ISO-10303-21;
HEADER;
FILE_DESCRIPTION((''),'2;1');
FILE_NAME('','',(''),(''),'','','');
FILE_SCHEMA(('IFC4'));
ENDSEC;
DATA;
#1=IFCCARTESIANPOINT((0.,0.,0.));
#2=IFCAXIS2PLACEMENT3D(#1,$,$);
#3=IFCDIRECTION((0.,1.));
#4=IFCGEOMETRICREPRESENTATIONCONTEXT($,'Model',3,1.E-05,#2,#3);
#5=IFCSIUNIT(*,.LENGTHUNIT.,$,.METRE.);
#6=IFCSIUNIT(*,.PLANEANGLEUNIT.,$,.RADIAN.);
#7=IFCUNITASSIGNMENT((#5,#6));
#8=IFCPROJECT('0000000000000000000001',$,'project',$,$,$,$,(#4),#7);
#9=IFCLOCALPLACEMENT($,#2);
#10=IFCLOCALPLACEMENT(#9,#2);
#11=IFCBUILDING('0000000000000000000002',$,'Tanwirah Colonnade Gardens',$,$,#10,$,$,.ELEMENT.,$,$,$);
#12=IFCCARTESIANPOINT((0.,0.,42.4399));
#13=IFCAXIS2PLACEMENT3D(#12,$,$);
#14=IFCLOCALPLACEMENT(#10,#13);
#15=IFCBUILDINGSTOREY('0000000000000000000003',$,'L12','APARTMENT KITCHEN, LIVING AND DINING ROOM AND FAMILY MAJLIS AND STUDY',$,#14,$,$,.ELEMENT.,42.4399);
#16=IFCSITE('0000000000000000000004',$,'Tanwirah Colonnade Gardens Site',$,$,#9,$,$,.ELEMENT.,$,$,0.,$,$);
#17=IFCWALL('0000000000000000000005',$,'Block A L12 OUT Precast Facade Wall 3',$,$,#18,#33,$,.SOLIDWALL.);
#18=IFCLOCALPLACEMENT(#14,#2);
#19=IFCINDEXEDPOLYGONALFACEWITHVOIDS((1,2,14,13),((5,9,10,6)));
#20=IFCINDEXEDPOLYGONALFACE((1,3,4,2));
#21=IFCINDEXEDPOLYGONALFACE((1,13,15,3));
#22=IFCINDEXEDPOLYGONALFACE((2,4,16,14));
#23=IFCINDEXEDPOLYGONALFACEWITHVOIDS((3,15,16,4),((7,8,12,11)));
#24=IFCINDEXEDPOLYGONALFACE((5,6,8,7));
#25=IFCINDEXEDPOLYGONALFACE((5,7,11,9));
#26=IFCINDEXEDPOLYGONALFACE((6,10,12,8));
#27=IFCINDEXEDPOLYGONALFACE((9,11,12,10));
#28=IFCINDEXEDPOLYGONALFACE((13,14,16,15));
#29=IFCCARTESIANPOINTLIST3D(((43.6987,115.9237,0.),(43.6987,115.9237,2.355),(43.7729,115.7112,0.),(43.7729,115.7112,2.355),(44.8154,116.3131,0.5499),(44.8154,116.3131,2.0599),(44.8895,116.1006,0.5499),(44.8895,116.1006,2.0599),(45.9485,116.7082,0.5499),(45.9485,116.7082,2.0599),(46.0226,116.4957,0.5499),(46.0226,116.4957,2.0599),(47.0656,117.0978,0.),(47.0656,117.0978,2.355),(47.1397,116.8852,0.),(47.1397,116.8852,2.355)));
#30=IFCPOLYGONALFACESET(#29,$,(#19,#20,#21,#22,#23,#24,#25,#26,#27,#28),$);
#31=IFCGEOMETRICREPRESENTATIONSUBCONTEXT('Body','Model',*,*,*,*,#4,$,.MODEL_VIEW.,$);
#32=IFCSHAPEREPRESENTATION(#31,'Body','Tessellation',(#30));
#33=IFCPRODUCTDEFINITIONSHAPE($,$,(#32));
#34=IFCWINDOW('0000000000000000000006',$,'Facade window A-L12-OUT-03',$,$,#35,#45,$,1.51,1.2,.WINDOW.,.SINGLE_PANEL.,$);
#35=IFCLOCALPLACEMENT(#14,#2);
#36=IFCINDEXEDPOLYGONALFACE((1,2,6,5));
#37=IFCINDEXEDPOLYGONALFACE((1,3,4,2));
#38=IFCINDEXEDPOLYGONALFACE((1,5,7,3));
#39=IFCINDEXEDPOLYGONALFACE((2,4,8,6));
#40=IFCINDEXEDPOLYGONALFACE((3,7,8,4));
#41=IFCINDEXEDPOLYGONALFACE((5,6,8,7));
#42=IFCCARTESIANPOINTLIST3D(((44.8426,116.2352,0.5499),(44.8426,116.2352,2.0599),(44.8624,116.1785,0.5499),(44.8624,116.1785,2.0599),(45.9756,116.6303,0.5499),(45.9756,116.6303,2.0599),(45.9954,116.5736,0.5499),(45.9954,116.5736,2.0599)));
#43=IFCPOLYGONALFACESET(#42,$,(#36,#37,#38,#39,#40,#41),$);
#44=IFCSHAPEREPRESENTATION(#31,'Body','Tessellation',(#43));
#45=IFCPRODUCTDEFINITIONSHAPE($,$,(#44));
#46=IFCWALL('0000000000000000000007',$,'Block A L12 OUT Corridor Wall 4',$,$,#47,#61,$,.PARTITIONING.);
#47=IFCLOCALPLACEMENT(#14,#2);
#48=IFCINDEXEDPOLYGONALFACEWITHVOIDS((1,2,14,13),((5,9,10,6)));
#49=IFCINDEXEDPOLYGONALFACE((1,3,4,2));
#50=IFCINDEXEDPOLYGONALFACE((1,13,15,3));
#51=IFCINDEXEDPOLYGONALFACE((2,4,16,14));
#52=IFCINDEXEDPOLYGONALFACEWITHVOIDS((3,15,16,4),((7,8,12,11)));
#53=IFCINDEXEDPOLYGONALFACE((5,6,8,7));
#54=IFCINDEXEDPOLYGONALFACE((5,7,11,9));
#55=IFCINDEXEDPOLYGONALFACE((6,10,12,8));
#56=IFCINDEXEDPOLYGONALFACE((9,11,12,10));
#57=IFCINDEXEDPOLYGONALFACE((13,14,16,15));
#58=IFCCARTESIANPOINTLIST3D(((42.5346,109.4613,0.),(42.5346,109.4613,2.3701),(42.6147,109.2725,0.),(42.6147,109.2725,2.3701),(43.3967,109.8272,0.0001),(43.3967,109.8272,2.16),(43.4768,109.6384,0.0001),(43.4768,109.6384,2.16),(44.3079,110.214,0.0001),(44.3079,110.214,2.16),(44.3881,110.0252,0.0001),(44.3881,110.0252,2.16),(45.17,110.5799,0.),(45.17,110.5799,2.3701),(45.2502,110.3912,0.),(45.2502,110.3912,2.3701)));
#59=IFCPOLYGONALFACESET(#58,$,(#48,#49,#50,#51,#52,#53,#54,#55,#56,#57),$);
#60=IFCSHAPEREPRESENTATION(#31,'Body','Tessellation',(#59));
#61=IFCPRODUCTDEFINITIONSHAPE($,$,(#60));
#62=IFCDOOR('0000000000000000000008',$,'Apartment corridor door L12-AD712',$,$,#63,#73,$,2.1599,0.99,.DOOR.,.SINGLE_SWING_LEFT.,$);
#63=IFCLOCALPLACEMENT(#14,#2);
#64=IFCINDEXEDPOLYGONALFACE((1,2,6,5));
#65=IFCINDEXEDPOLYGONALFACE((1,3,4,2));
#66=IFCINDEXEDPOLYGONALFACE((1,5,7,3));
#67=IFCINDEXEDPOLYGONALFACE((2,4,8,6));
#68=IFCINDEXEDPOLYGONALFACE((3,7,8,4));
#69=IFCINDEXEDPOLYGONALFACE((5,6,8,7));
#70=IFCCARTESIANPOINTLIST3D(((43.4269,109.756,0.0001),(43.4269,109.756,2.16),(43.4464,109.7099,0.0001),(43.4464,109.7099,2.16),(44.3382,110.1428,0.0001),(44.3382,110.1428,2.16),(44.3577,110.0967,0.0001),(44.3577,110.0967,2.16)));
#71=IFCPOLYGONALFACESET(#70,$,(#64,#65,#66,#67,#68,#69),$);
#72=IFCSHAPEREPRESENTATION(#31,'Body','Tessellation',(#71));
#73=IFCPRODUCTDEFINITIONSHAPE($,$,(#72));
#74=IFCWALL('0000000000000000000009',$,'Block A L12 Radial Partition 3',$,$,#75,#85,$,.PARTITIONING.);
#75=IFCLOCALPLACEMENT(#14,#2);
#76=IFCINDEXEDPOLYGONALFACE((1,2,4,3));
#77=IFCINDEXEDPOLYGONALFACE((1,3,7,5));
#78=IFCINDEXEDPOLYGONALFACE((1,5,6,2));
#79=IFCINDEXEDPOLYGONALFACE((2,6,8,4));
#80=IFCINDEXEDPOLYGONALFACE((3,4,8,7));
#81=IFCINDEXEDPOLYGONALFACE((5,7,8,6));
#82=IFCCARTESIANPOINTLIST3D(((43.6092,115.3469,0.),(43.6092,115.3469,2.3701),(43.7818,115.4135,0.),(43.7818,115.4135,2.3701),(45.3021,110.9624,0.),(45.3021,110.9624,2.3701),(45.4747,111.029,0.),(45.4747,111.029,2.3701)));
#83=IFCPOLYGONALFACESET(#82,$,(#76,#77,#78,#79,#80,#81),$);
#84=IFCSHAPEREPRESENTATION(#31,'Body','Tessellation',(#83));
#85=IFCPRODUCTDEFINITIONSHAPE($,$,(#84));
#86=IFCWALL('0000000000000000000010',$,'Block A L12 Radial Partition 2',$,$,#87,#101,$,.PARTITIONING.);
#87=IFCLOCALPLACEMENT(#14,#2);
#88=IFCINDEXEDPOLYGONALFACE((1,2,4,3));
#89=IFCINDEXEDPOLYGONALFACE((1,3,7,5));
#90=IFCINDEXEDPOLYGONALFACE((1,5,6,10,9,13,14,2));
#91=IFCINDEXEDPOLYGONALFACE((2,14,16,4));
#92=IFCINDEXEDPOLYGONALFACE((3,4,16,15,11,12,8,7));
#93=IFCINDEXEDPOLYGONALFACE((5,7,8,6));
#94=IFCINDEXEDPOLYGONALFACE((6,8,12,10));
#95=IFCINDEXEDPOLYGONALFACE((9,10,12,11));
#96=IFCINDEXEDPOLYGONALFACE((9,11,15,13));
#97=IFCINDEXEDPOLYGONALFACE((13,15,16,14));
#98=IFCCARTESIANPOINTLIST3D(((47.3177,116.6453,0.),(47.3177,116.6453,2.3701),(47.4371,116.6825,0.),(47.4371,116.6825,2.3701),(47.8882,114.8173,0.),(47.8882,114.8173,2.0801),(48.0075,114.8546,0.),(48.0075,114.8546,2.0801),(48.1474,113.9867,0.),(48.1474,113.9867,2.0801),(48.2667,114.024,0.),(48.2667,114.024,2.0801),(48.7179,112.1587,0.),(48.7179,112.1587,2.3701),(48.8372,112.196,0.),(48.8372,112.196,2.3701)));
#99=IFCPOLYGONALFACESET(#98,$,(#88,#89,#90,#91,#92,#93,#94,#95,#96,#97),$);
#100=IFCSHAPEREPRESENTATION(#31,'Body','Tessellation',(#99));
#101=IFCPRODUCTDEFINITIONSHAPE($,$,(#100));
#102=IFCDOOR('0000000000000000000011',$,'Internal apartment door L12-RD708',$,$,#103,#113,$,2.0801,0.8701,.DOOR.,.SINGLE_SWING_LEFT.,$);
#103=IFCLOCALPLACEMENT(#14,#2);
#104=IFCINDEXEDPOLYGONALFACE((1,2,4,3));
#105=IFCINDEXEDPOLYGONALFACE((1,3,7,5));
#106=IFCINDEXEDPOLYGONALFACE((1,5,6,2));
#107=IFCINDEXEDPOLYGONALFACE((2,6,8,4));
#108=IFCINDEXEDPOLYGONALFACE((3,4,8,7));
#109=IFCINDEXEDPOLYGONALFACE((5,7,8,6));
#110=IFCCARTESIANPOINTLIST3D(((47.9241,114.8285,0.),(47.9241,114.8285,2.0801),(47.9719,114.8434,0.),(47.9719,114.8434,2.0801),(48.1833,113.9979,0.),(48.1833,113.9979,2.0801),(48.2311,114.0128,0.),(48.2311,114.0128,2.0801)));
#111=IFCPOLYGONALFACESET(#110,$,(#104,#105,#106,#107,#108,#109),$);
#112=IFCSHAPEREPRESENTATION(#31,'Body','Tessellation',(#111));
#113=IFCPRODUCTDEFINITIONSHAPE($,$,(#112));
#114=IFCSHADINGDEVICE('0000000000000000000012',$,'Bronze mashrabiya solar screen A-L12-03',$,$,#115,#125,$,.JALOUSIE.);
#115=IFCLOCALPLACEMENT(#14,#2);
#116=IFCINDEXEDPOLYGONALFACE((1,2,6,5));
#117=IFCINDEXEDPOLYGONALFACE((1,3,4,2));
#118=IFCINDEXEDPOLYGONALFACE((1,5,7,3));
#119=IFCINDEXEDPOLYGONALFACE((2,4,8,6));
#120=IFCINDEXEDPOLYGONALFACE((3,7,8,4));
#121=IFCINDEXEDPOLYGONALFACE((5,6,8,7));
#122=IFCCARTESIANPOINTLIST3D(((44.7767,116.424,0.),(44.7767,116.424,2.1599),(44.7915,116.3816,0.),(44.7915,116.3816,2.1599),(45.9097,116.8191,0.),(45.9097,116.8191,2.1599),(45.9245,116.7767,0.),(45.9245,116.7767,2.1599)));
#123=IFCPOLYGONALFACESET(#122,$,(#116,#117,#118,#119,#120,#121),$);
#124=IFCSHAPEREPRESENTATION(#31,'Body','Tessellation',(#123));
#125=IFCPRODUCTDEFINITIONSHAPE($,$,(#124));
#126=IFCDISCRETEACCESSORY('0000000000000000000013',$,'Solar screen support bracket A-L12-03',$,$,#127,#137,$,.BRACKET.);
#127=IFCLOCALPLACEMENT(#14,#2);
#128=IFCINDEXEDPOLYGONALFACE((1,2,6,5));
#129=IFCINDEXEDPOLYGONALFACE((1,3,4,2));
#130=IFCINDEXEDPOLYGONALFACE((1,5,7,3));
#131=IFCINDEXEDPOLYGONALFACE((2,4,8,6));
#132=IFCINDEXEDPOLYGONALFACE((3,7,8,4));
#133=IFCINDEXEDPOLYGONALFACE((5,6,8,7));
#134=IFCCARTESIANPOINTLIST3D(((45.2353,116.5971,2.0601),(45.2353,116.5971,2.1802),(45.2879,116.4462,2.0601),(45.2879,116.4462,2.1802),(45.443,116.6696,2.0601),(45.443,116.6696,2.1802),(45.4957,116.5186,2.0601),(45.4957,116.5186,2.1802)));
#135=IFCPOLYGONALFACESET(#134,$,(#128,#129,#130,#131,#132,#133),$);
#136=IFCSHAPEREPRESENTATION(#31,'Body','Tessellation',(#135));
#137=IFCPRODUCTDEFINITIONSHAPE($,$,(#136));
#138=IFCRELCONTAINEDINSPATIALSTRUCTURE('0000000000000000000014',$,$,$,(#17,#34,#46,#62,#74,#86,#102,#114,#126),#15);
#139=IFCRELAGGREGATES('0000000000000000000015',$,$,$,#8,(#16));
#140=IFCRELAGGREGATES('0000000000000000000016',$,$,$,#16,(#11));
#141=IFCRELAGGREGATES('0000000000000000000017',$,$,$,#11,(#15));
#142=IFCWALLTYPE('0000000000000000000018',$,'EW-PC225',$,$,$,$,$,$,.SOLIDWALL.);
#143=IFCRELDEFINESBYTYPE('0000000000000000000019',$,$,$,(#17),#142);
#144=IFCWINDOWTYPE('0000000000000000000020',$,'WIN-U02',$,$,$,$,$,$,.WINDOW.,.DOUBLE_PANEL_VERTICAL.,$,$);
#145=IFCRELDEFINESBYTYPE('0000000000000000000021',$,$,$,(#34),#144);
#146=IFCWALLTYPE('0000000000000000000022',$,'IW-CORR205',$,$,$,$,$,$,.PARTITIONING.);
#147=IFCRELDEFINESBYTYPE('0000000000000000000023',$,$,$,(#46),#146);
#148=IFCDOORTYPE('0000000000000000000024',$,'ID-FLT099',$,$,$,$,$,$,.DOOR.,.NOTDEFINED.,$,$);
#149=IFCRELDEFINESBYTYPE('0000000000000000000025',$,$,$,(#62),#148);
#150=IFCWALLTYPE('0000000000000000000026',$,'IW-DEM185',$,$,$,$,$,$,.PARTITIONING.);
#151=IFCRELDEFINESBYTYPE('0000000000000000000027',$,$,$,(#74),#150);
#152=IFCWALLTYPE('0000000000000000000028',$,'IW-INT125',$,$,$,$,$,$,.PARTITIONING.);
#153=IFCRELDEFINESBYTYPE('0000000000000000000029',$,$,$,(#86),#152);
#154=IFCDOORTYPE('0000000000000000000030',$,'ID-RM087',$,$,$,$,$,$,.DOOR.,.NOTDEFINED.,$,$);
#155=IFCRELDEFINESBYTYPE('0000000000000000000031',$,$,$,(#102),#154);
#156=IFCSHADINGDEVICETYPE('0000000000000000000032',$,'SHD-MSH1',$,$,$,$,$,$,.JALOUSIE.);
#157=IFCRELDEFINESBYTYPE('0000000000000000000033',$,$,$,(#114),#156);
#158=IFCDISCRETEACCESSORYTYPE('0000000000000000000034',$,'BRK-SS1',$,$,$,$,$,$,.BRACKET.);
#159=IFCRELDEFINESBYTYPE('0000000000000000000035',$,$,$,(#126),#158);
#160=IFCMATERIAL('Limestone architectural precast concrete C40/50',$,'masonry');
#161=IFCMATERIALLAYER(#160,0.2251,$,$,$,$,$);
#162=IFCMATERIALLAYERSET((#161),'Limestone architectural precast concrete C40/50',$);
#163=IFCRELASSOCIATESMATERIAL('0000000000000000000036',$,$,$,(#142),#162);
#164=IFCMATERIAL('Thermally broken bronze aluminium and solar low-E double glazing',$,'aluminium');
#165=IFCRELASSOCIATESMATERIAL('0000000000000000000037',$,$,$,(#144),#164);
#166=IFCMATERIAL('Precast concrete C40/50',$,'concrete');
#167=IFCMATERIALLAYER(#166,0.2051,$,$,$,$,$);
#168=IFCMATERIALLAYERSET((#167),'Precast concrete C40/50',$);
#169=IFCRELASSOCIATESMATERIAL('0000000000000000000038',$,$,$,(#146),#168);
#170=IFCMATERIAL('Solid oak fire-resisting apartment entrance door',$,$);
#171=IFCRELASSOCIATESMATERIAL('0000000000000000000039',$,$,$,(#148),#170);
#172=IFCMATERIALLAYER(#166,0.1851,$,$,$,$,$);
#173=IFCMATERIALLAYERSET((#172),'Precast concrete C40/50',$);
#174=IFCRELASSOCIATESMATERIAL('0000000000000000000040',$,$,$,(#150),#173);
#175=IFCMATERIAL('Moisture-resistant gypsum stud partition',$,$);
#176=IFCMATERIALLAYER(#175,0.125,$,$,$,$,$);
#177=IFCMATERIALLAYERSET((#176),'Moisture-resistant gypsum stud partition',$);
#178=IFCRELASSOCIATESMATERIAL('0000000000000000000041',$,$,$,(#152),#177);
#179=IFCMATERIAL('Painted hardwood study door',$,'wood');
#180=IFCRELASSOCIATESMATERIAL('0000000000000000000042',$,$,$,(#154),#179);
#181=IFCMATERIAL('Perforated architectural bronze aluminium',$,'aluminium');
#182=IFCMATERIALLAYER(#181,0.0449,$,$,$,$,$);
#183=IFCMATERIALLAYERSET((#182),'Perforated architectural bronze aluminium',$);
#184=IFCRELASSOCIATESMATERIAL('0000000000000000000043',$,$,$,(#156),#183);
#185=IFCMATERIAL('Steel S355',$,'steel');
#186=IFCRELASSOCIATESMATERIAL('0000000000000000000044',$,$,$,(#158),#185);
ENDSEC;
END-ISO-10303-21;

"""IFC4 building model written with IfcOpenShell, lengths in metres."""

from ifc_helpers import new_model, si_unit, direction, frame, frame_2d, origin, origin_2d, place, context, subcontext, project, spatial, rectangle, extrude, material, layer, layer_set, type_object, element, fill, save


model = new_model("IFC4")

# Units and contexts
model_context = context("Model", 3, precision=1e-05, world=origin(), true_north=direction((0.0, 1.0)))
body_context = subcontext(model_context, "Body", "Model", "MODEL_VIEW")
ifc_project = project(units=[si_unit("LENGTHUNIT", "METRE"), si_unit("PLANEANGLEUNIT", "RADIAN")], contexts=[model_context])

# Site, building, storey
site_placement = place(None, origin())
site = spatial("IfcSite", under=ifc_project, at=site_placement, Name="Tanwirah Colonnade Gardens Site", CompositionType="ELEMENT", RefElevation=0.0)
building_placement = place(site_placement, origin())
building = spatial("IfcBuilding", under=site, at=building_placement, Name="Tanwirah Colonnade Gardens", CompositionType="ELEMENT")
storey_placement = place(building_placement, frame((0.0, 0.0, 42.4399)))
storey = spatial("IfcBuildingStorey", under=building, at=storey_placement, Name="L12", Description="APARTMENT KITCHEN, LIVING AND DINING ROOM AND FAMILY MAJLIS AND STUDY", CompositionType="ELEMENT", Elevation=42.4399)

# Shared definitions
ifc_material_1 = material(Name="Precast concrete C40/50", Category="concrete")

# Wall, opening, window
ifc_material_2 = material(Name="Limestone architectural precast concrete C40/50", Category="masonry")
ifc_layer_1 = layer(ifc_material_2, 0.2251)
ifc_layer_set_1 = layer_set([ifc_layer_1], Name="Limestone architectural precast concrete C40/50")
wall_type_1 = type_object("IfcWallType", Name="EW-PC225", PredefinedType="SOLIDWALL", material=ifc_layer_set_1)
wall_1_placement = place(storey_placement, frame((47.1025, 116.9915, 0.0), z_axis=(0.0, 0.0, 1.0), x_axis=(-0.944239, -0.329261, 0.0)))
wall_1 = element("IfcWall", 1, at=wall_1_placement, inside=storey, type_object=wall_type_1, Name="Block A L12 OUT Precast Facade Wall 3", PredefinedType="SOLIDWALL", context=body_context, shape_type="SweptSolid", body=[
    extrude(rectangle(XDim=3.5657, YDim=0.2251, at=frame_2d((1.7827, 0.0))), origin(), (0.0, 0.0, 1.0), 2.355),
])
opening_1_placement = place(wall_1_placement, frame((1.1829, 0.0, 0.55)))
opening_1 = element("IfcOpeningElement", 2, at=opening_1_placement, cuts=wall_1, PredefinedType="OPENING", context=body_context, shape_type="SweptSolid", body=[
    extrude(rectangle(XDim=1.2, YDim=1.51, at=frame_2d((0.6001, 0.7549))), frame((0.0, 0.1226, 0.0), z_axis=(0.0, -1.0, 0.0), x_axis=(1.0, 0.0, 0.0)), (0.0, 0.0, 1.0), 0.2451),
])
ifc_material_3 = material(Name="Thermally broken bronze aluminium and solar low-E double glazing", Category="aluminium")
window_type = type_object("IfcWindowType", Name="WIN-U02", PartitioningType="DOUBLE_PANEL_VERTICAL", PredefinedType="WINDOW", material=ifc_material_3)
window_placement = place(opening_1_placement, origin())
window = element("IfcWindow", 3, at=window_placement, inside=storey, type_object=window_type, Name="Facade window A-L12-OUT-03", OverallHeight=1.51, OverallWidth=1.2, PartitioningType="SINGLE_PANEL", PredefinedType="WINDOW", context=body_context, shape_type="SweptSolid", body=[
    extrude(rectangle(XDim=1.2, YDim=1.51, at=frame_2d((0.6001, 0.7549))), frame((0.0, 0.03, 0.0), z_axis=(0.0, -1.0, 0.0), x_axis=(1.0, 0.0, 0.0)), (0.0, 0.0, 1.0), 0.0601),
])
fill(opening_1, window)

# Wall, opening, door
ifc_layer_2 = layer(ifc_material_1, 0.2051)
ifc_layer_set_2 = layer_set([ifc_layer_2], Name="Precast concrete C40/50")
wall_type_2 = type_object("IfcWallType", Name="IW-CORR205", PredefinedType="PARTITIONING", material=ifc_layer_set_2)
ifc_material_4 = material(Name="Solid oak fire-resisting apartment entrance door")
wall_2_placement = place(storey_placement, frame((45.2102, 110.4856, 0.0), z_axis=(0.0, 0.0, 1.0), x_axis=(-0.920511, -0.390716, 0.0)))
wall_2 = element("IfcWall", 4, at=wall_2_placement, inside=storey, type_object=wall_type_2, Name="Block A L12 OUT Corridor Wall 4", PredefinedType="PARTITIONING", context=body_context, shape_type="SweptSolid", body=[
    extrude(rectangle(XDim=2.863, YDim=0.2051, at=frame_2d((1.4316, 0.0))), origin(), (0.0, 0.0, 1.0), 2.3701),
])
opening_2_placement = place(wall_2_placement, frame((0.9365, 0.0, 0.0)))
opening_2 = element("IfcOpeningElement", 5, at=opening_2_placement, cuts=wall_2, PredefinedType="OPENING", context=body_context, shape_type="SweptSolid", body=[
    extrude(rectangle(XDim=0.99, YDim=2.1599, at=frame_2d((0.4951, 1.0801))), frame((0.0, 0.1125, 0.0), z_axis=(0.0, -1.0, 0.0), x_axis=(1.0, 0.0, 0.0)), (0.0, 0.0, 1.0), 0.2251),
])
door_type_1 = type_object("IfcDoorType", Name="ID-FLT099", OperationType="NOTDEFINED", PredefinedType="DOOR", material=ifc_material_4)
door_1_placement = place(opening_2_placement, origin())
door_1 = element("IfcDoor", 6, at=door_1_placement, inside=storey, type_object=door_type_1, Name="Apartment corridor door L12-AD712", OperationType="SINGLE_SWING_LEFT", OverallHeight=2.1599, OverallWidth=0.99, PredefinedType="DOOR", context=body_context, shape_type="SweptSolid", body=[
    extrude(rectangle(XDim=0.99, YDim=2.1599, at=frame_2d((0.4951, 1.0801))), frame((0.0, 0.0249, 0.0), z_axis=(0.0, -1.0, 0.0), x_axis=(1.0, 0.0, 0.0)), (0.0, 0.0, 1.0), 0.05),
])
fill(opening_2, door_1)

# Wall
ifc_layer_3 = layer(ifc_material_1, 0.1851)
ifc_layer_set_3 = layer_set([ifc_layer_3], Name="Precast concrete C40/50")
wall_type_3 = type_object("IfcWallType", Name="IW-DEM185", PredefinedType="PARTITIONING", material=ifc_layer_set_3)
wall_3_placement = place(storey_placement, frame((45.3884, 110.9956, 0.0), z_axis=(0.0, 0.0, 1.0), x_axis=(-0.360187, 0.93288, 0.0)))
element("IfcWall", 7, at=wall_3_placement, inside=storey, type_object=wall_type_3, Name="Block A L12 Radial Partition 3", PredefinedType="PARTITIONING", context=body_context, shape_type="SweptSolid", body=[
    extrude(rectangle(XDim=4.7, YDim=0.1851, at=frame_2d((2.3501, 0.0))), origin(), (0.0, 0.0, 1.0), 2.3701),
])

# Wall, opening, door
ifc_material_5 = material(Name="Moisture-resistant gypsum stud partition")
ifc_layer_4 = layer(ifc_material_5, 0.125)
ifc_layer_set_4 = layer_set([ifc_layer_4], Name="Moisture-resistant gypsum stud partition")
wall_type_4 = type_object("IfcWallType", Name="IW-INT125", PredefinedType="PARTITIONING", material=ifc_layer_set_4)
wall_4_placement = place(storey_placement, frame((48.7776, 112.1772, 0.0), z_axis=(0.0, 0.0, 1.0), x_axis=(-0.297905, 0.954595, 0.0)))
wall_4 = element("IfcWall", 8, at=wall_4_placement, inside=storey, type_object=wall_type_4, Name="Block A L12 Radial Partition 2", PredefinedType="PARTITIONING", context=body_context, shape_type="SweptSolid", body=[
    extrude(rectangle(XDim=4.7, YDim=0.125, at=frame_2d((2.3501, 0.0))), origin(), (0.0, 0.0, 1.0), 2.3701),
])
opening_3_placement = place(wall_4_placement, frame((1.915, 0.0, 0.0)))
opening_3 = element("IfcOpeningElement", 9, at=opening_3_placement, cuts=wall_4, PredefinedType="OPENING", context=body_context, shape_type="SweptSolid", body=[
    extrude(rectangle(XDim=0.8701, YDim=2.0801, at=frame_2d((0.4351, 1.04))), frame((0.0, 0.0725, 0.0), z_axis=(0.0, -1.0, 0.0), x_axis=(1.0, 0.0, 0.0)), (0.0, 0.0, 1.0), 0.145),
])
ifc_material_6 = material(Name="Painted hardwood study door", Category="wood")
door_type_2 = type_object("IfcDoorType", Name="ID-RM087", OperationType="NOTDEFINED", PredefinedType="DOOR", material=ifc_material_6)
door_2_placement = place(opening_3_placement, origin())
door_2 = element("IfcDoor", 10, at=door_2_placement, inside=storey, type_object=door_type_2, Name="Internal apartment door L12-RD708", OperationType="SINGLE_SWING_LEFT", OverallHeight=2.0801, OverallWidth=0.8701, PredefinedType="DOOR", context=body_context, shape_type="SweptSolid", body=[
    extrude(rectangle(XDim=0.8701, YDim=2.0801, at=frame_2d((0.4351, 1.04))), frame((0.0, 0.0249, 0.0), z_axis=(0.0, -1.0, 0.0), x_axis=(1.0, 0.0, 0.0)), (0.0, 0.0, 1.0), 0.05),
])
fill(opening_3, door_2)

# Shading device
ifc_material_7 = material(Name="Perforated architectural bronze aluminium", Category="aluminium")
ifc_layer_5 = layer(ifc_material_7, 0.0449)
ifc_layer_set_5 = layer_set([ifc_layer_5], Name="Perforated architectural bronze aluminium")
shading_device_type = type_object("IfcShadingDeviceType", Name="SHD-MSH1", PredefinedType="JALOUSIE", material=ifc_layer_set_5)
shading_device_placement = place(storey_placement, frame((45.3506, 116.6003, 0.0), z_axis=(0.0, 0.0, 1.0), x_axis=(-0.944248, -0.329234, 0.0)))
element("IfcShadingDevice", 11, at=shading_device_placement, inside=storey, type_object=shading_device_type, Name="Bronze mashrabiya solar screen A-L12-03", PredefinedType="JALOUSIE", context=body_context, shape_type="SweptSolid", body=[
    extrude(rectangle(XDim=1.2, YDim=0.0449, at=origin_2d()), origin(), (0.0, 0.0, 1.0), 2.1599),
])

# Discrete accessory
ifc_material_8 = material(Name="Steel S355", Category="steel")
discrete_accessory_type = type_object("IfcDiscreteAccessoryType", Name="BRK-SS1", PredefinedType="BRACKET", material=ifc_material_8)
discrete_accessory_placement = place(storey_placement, frame((45.3655, 116.5579, 2.0601), z_axis=(0.0, 0.0, 1.0), x_axis=(-0.944248, -0.329234, 0.0)))
element("IfcDiscreteAccessory", 12, at=discrete_accessory_placement, inside=storey, type_object=discrete_accessory_type, Name="Solar screen support bracket A-L12-03", PredefinedType="BRACKET", context=body_context, shape_type="SweptSolid", body=[
    extrude(rectangle(XDim=0.22, YDim=0.1599, at=origin_2d()), origin(), (0.0, 0.0, 1.0), 0.1201),
])

save(model, "model.ifc")
